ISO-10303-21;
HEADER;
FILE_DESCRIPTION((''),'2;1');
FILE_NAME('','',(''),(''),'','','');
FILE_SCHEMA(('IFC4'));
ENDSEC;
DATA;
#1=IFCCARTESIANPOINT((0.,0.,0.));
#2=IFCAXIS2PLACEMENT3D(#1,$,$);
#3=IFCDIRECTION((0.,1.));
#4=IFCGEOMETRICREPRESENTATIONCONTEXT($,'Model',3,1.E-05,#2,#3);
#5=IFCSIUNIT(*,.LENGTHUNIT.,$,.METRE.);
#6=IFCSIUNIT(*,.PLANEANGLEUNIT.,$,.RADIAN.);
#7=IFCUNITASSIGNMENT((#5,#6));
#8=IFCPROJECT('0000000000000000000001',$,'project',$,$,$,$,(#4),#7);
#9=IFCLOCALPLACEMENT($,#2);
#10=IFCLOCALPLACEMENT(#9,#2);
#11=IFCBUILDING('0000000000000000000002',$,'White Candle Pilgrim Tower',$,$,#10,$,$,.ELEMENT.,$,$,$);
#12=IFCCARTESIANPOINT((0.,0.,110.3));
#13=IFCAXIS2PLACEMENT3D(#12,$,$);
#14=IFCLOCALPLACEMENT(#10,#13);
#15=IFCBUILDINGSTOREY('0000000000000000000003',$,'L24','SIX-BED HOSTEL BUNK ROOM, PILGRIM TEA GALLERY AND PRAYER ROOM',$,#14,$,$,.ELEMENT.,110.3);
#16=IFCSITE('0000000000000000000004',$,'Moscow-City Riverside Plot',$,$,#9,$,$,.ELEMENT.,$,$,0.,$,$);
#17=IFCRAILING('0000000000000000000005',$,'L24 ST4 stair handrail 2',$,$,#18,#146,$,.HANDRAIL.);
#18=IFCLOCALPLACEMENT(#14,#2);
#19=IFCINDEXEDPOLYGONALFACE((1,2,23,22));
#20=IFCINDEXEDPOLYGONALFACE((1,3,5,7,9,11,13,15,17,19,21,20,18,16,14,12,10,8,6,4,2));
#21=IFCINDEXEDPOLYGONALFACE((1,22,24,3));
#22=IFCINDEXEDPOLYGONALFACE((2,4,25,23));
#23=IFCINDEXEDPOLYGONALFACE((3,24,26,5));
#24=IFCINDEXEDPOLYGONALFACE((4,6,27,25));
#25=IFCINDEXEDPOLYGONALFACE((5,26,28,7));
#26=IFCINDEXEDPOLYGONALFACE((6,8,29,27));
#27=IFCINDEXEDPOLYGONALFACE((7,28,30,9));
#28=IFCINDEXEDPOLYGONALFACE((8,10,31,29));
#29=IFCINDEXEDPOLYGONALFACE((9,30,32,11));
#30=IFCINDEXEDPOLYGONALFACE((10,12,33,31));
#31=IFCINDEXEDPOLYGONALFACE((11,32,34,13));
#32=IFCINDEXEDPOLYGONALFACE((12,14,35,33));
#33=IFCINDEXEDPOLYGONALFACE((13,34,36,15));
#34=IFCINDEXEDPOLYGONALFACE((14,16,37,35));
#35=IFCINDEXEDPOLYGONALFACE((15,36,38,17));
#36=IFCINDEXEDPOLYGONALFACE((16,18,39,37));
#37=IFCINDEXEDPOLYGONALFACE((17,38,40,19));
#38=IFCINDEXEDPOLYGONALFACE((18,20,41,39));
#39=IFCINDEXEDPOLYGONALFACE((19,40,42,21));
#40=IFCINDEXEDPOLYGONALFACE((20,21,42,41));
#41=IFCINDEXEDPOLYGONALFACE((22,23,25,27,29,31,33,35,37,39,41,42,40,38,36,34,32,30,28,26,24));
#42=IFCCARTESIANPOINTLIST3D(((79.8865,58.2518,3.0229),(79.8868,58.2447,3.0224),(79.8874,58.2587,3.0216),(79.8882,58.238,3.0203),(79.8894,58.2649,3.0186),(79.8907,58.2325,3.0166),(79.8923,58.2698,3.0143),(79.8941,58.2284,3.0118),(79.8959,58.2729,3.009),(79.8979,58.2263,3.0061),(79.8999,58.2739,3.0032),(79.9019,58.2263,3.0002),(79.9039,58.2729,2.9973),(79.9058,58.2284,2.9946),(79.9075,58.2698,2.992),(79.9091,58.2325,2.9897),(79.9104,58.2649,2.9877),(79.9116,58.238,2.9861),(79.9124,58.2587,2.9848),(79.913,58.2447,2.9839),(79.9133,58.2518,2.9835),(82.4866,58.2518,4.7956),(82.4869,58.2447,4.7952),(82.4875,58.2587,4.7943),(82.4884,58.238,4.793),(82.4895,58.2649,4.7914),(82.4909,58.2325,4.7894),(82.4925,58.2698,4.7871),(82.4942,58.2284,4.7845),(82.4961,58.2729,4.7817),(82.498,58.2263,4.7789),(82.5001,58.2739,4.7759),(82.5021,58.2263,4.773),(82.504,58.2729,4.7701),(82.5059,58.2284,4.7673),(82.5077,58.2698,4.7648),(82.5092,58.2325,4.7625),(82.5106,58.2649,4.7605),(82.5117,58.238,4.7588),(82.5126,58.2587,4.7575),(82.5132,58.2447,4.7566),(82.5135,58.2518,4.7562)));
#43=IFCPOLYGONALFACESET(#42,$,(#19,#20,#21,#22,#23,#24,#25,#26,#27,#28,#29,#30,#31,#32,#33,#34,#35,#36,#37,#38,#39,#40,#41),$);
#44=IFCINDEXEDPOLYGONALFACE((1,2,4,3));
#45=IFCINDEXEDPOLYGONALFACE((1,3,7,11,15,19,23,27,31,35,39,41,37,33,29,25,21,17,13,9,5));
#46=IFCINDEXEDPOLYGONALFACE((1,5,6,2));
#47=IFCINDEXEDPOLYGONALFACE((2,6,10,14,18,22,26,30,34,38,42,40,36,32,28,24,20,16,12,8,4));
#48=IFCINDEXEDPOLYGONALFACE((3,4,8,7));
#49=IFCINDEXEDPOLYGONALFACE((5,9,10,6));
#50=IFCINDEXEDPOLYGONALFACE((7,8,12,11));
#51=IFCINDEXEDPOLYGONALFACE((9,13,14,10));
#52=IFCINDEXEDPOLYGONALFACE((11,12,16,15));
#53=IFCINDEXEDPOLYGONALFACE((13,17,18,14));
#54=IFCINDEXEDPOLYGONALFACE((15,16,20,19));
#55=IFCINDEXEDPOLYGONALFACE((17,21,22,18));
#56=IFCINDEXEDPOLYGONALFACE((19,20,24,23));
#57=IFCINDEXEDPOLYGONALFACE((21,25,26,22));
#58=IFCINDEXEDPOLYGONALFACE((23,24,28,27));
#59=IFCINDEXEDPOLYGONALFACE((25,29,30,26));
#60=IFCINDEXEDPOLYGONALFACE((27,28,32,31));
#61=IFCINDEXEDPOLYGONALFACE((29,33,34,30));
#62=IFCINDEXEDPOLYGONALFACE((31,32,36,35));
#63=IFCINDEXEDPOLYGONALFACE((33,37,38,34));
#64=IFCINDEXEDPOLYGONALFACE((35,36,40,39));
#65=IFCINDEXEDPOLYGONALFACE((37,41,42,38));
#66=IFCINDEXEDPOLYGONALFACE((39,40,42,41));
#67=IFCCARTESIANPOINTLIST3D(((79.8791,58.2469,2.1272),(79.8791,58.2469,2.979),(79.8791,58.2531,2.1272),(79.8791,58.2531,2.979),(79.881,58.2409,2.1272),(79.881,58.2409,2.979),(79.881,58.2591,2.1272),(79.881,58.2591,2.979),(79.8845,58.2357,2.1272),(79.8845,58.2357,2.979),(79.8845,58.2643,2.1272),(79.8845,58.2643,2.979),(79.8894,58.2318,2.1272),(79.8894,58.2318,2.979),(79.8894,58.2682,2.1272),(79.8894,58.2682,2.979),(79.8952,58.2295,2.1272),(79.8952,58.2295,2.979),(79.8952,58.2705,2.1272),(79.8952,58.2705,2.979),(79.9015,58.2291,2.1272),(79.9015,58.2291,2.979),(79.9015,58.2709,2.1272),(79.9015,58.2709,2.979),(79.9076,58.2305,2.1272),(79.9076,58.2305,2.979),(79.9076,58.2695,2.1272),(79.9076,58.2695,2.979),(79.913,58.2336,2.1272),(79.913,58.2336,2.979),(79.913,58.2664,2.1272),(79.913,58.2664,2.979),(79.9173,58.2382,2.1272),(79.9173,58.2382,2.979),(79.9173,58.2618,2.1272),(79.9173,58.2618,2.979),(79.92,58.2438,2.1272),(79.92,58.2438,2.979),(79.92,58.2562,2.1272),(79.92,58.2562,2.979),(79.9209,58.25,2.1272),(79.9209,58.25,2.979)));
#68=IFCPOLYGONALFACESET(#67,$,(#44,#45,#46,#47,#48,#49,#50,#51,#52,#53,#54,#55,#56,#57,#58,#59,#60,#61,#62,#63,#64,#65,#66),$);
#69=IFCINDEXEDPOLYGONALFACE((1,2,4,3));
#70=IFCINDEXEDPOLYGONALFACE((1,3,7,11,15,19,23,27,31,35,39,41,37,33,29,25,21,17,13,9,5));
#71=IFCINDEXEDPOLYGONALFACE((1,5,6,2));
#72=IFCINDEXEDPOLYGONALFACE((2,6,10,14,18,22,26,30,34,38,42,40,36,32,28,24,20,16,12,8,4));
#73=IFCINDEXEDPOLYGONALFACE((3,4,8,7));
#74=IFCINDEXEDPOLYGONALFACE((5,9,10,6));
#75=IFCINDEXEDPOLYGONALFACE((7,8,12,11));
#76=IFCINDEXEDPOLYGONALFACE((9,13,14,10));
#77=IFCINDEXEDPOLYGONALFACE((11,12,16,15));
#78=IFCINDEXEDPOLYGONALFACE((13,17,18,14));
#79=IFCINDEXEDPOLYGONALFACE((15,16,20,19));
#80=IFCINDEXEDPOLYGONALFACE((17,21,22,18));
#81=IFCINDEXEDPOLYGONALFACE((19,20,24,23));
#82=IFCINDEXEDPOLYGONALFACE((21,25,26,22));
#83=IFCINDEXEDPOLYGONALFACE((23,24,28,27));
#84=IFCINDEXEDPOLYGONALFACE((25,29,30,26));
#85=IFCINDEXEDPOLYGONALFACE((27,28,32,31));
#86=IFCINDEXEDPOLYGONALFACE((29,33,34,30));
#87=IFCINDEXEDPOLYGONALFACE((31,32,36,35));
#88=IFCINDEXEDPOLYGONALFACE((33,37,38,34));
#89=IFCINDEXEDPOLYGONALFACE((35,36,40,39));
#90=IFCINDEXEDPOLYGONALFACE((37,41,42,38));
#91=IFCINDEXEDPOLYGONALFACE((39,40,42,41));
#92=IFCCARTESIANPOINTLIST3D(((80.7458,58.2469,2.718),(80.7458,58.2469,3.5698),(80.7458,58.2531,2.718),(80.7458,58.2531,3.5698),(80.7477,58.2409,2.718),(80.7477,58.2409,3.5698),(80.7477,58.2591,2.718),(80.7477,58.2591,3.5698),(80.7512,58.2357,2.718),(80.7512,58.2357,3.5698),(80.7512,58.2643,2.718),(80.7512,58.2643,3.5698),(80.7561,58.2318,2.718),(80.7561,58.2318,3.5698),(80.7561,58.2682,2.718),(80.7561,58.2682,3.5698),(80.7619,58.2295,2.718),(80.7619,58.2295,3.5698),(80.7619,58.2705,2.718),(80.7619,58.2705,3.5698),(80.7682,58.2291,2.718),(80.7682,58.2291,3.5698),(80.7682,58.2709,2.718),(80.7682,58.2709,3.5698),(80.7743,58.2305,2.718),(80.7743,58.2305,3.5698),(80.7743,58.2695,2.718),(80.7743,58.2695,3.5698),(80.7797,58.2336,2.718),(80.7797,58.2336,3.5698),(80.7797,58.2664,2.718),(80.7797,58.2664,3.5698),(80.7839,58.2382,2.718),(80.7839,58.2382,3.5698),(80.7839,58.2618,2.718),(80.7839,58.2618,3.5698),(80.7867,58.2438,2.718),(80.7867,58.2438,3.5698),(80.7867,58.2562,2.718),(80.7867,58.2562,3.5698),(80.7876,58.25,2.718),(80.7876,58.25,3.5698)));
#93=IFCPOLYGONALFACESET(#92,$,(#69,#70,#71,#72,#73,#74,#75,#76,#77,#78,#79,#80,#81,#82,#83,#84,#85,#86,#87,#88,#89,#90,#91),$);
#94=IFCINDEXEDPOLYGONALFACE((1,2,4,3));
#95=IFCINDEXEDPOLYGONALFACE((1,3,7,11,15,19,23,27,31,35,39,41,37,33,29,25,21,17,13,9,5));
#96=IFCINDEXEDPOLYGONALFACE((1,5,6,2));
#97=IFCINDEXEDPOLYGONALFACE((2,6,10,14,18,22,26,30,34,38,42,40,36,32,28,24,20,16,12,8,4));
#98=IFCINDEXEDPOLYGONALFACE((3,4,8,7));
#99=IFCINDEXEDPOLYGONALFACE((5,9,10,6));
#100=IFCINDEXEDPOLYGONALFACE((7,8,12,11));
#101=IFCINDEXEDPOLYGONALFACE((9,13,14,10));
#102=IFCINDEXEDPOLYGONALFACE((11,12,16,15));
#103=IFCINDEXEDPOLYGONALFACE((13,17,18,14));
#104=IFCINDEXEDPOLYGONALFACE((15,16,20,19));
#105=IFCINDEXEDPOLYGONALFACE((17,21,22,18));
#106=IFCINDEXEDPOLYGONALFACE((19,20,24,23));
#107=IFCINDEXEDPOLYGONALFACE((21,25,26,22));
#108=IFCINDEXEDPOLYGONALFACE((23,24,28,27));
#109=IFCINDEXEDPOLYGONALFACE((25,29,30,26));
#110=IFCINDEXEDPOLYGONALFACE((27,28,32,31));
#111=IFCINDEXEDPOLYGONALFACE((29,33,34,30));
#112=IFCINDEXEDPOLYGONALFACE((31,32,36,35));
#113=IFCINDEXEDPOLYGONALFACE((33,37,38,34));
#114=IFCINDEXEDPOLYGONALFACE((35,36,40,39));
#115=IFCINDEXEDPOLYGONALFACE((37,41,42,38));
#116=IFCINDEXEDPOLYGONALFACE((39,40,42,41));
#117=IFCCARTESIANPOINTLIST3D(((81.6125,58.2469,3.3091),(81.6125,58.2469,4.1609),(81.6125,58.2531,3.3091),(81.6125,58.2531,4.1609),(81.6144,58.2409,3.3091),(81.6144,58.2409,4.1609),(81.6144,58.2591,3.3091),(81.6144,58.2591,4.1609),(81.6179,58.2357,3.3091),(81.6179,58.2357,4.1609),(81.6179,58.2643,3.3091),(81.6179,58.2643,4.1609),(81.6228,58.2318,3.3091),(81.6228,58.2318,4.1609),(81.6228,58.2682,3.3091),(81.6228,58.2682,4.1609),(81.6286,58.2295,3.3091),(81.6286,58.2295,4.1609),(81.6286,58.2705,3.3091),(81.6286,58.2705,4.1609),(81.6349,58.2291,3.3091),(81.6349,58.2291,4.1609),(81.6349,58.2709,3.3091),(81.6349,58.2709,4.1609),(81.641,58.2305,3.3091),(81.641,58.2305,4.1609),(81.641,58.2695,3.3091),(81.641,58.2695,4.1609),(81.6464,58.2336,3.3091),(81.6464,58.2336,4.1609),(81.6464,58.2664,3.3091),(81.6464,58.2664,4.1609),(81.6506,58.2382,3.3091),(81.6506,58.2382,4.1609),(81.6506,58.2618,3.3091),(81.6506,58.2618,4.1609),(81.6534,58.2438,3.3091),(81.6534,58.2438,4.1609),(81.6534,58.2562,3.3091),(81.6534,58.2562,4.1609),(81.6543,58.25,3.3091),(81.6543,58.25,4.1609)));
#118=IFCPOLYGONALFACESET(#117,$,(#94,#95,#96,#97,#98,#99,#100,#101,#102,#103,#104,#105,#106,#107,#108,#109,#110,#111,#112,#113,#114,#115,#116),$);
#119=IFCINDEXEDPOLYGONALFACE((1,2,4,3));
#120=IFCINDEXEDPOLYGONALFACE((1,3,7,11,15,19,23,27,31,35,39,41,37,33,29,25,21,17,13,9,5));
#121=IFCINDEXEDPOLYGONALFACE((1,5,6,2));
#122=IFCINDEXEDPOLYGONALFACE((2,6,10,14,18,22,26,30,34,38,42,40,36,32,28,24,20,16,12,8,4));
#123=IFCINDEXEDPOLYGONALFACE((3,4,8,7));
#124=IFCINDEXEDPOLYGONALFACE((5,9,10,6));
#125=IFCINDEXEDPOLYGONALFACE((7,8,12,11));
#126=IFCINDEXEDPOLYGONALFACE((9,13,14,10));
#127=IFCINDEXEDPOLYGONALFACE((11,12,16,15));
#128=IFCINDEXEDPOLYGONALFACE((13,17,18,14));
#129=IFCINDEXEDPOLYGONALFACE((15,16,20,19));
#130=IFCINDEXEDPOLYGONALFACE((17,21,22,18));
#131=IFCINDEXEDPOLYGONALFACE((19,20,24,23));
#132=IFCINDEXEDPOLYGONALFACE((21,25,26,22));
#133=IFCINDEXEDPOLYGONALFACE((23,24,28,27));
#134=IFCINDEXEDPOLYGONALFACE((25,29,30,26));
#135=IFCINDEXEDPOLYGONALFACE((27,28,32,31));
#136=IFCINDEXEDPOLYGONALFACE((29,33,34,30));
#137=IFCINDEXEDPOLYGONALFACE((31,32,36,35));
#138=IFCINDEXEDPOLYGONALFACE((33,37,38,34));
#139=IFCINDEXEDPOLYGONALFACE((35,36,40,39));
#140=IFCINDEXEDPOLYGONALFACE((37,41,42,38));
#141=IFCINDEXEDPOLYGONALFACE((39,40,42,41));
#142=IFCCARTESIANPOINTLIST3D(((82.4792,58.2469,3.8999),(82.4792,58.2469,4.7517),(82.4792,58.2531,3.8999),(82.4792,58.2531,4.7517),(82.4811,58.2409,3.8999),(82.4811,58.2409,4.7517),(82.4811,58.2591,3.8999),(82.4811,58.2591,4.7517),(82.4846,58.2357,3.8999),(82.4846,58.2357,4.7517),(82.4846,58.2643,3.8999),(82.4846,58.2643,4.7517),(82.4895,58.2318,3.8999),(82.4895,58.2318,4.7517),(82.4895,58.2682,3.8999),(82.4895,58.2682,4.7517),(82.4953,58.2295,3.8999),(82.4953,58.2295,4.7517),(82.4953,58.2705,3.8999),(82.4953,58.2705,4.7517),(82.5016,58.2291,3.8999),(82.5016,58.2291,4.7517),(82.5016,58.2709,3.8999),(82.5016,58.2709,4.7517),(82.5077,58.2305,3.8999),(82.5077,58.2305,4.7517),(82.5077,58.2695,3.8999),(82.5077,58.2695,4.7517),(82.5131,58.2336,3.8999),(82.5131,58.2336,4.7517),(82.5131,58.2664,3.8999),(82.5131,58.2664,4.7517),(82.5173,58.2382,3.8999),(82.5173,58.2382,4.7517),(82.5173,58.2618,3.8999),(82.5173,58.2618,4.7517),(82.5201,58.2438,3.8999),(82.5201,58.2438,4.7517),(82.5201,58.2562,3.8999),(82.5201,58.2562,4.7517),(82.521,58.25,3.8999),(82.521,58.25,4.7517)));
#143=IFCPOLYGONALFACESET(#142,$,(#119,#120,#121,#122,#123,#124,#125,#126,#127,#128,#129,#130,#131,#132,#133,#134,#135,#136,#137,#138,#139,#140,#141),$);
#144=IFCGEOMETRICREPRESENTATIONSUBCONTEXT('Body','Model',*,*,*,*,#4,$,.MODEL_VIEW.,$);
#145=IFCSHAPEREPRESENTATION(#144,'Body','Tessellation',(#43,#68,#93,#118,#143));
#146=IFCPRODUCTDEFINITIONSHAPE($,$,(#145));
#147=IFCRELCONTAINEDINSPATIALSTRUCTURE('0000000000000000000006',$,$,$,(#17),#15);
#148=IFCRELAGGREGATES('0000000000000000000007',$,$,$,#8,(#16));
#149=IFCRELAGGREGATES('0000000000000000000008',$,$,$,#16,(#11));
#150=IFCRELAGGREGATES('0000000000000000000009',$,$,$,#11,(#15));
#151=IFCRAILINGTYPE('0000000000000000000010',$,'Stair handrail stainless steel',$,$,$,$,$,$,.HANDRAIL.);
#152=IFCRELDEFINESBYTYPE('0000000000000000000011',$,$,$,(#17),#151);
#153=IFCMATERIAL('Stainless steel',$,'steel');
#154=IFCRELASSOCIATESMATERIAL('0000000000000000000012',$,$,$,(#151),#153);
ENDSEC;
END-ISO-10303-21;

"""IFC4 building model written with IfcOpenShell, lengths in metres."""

from ifc_helpers import new_model, si_unit, direction, frame, origin, origin_2d, place, context, subcontext, project, spatial, circle, extrude, material, type_object, element, save


model = new_model("IFC4")

# Units and contexts
model_context = context("Model", 3, precision=1e-05, world=origin(), true_north=direction((0.0, 1.0)))
body_context = subcontext(model_context, "Body", "Model", "MODEL_VIEW")
ifc_project = project(units=[si_unit("LENGTHUNIT", "METRE"), si_unit("PLANEANGLEUNIT", "RADIAN")], contexts=[model_context])

# Site, building, storey
site_placement = place(None, origin())
site = spatial("IfcSite", under=ifc_project, at=site_placement, Name="Moscow-City Riverside Plot", CompositionType="ELEMENT", RefElevation=0.0)
building_placement = place(site_placement, origin())
building = spatial("IfcBuilding", under=site, at=building_placement, Name="White Candle Pilgrim Tower", CompositionType="ELEMENT")
storey_placement = place(building_placement, frame((0.0, 0.0, 110.3)))
storey = spatial("IfcBuildingStorey", under=building, at=storey_placement, Name="L24", Description="SIX-BED HOSTEL BUNK ROOM, PILGRIM TEA GALLERY AND PRAYER ROOM", CompositionType="ELEMENT", Elevation=110.3)

# Railing
ifc_material_1 = material(Name="Stainless steel", Category="steel")
railing_type_1 = type_object("IfcRailingType", Name="Stair handrail stainless steel", PredefinedType="HANDRAIL", material=ifc_material_1)
railing_1_placement = place(storey_placement, frame((79.8999, 58.25, 2.1272)))
element("IfcRailing", 1, at=railing_1_placement, inside=storey, type_object=railing_type_1, Name="L24 ST4 stair handrail 2", PredefinedType="HANDRAIL", context=body_context, shape_type="SweptSolid", body=[
    extrude(circle(Radius=0.0239, at=origin_2d()), frame((0.0, 0.0, 0.876), z_axis=(0.82624, 0.0, 0.563318), x_axis=(0.0, 1.0, 0.0)), (0.0, 0.0, 1.0), 3.147),
    extrude(circle(Radius=0.021, at=origin_2d()), origin(), (0.0, 0.0, 1.0), 0.8518),
    extrude(circle(Radius=0.021, at=origin_2d()), frame((0.8667, 0.0, 0.5908)), (0.0, 0.0, 1.0), 0.8518),
    extrude(circle(Radius=0.021, at=origin_2d()), frame((1.7334, 0.0, 1.1819)), (0.0, 0.0, 1.0), 0.8518),
    extrude(circle(Radius=0.021, at=origin_2d()), frame((2.6001, 0.0, 1.7727)), (0.0, 0.0, 1.0), 0.8518),
])

save(model, "model.ifc")
